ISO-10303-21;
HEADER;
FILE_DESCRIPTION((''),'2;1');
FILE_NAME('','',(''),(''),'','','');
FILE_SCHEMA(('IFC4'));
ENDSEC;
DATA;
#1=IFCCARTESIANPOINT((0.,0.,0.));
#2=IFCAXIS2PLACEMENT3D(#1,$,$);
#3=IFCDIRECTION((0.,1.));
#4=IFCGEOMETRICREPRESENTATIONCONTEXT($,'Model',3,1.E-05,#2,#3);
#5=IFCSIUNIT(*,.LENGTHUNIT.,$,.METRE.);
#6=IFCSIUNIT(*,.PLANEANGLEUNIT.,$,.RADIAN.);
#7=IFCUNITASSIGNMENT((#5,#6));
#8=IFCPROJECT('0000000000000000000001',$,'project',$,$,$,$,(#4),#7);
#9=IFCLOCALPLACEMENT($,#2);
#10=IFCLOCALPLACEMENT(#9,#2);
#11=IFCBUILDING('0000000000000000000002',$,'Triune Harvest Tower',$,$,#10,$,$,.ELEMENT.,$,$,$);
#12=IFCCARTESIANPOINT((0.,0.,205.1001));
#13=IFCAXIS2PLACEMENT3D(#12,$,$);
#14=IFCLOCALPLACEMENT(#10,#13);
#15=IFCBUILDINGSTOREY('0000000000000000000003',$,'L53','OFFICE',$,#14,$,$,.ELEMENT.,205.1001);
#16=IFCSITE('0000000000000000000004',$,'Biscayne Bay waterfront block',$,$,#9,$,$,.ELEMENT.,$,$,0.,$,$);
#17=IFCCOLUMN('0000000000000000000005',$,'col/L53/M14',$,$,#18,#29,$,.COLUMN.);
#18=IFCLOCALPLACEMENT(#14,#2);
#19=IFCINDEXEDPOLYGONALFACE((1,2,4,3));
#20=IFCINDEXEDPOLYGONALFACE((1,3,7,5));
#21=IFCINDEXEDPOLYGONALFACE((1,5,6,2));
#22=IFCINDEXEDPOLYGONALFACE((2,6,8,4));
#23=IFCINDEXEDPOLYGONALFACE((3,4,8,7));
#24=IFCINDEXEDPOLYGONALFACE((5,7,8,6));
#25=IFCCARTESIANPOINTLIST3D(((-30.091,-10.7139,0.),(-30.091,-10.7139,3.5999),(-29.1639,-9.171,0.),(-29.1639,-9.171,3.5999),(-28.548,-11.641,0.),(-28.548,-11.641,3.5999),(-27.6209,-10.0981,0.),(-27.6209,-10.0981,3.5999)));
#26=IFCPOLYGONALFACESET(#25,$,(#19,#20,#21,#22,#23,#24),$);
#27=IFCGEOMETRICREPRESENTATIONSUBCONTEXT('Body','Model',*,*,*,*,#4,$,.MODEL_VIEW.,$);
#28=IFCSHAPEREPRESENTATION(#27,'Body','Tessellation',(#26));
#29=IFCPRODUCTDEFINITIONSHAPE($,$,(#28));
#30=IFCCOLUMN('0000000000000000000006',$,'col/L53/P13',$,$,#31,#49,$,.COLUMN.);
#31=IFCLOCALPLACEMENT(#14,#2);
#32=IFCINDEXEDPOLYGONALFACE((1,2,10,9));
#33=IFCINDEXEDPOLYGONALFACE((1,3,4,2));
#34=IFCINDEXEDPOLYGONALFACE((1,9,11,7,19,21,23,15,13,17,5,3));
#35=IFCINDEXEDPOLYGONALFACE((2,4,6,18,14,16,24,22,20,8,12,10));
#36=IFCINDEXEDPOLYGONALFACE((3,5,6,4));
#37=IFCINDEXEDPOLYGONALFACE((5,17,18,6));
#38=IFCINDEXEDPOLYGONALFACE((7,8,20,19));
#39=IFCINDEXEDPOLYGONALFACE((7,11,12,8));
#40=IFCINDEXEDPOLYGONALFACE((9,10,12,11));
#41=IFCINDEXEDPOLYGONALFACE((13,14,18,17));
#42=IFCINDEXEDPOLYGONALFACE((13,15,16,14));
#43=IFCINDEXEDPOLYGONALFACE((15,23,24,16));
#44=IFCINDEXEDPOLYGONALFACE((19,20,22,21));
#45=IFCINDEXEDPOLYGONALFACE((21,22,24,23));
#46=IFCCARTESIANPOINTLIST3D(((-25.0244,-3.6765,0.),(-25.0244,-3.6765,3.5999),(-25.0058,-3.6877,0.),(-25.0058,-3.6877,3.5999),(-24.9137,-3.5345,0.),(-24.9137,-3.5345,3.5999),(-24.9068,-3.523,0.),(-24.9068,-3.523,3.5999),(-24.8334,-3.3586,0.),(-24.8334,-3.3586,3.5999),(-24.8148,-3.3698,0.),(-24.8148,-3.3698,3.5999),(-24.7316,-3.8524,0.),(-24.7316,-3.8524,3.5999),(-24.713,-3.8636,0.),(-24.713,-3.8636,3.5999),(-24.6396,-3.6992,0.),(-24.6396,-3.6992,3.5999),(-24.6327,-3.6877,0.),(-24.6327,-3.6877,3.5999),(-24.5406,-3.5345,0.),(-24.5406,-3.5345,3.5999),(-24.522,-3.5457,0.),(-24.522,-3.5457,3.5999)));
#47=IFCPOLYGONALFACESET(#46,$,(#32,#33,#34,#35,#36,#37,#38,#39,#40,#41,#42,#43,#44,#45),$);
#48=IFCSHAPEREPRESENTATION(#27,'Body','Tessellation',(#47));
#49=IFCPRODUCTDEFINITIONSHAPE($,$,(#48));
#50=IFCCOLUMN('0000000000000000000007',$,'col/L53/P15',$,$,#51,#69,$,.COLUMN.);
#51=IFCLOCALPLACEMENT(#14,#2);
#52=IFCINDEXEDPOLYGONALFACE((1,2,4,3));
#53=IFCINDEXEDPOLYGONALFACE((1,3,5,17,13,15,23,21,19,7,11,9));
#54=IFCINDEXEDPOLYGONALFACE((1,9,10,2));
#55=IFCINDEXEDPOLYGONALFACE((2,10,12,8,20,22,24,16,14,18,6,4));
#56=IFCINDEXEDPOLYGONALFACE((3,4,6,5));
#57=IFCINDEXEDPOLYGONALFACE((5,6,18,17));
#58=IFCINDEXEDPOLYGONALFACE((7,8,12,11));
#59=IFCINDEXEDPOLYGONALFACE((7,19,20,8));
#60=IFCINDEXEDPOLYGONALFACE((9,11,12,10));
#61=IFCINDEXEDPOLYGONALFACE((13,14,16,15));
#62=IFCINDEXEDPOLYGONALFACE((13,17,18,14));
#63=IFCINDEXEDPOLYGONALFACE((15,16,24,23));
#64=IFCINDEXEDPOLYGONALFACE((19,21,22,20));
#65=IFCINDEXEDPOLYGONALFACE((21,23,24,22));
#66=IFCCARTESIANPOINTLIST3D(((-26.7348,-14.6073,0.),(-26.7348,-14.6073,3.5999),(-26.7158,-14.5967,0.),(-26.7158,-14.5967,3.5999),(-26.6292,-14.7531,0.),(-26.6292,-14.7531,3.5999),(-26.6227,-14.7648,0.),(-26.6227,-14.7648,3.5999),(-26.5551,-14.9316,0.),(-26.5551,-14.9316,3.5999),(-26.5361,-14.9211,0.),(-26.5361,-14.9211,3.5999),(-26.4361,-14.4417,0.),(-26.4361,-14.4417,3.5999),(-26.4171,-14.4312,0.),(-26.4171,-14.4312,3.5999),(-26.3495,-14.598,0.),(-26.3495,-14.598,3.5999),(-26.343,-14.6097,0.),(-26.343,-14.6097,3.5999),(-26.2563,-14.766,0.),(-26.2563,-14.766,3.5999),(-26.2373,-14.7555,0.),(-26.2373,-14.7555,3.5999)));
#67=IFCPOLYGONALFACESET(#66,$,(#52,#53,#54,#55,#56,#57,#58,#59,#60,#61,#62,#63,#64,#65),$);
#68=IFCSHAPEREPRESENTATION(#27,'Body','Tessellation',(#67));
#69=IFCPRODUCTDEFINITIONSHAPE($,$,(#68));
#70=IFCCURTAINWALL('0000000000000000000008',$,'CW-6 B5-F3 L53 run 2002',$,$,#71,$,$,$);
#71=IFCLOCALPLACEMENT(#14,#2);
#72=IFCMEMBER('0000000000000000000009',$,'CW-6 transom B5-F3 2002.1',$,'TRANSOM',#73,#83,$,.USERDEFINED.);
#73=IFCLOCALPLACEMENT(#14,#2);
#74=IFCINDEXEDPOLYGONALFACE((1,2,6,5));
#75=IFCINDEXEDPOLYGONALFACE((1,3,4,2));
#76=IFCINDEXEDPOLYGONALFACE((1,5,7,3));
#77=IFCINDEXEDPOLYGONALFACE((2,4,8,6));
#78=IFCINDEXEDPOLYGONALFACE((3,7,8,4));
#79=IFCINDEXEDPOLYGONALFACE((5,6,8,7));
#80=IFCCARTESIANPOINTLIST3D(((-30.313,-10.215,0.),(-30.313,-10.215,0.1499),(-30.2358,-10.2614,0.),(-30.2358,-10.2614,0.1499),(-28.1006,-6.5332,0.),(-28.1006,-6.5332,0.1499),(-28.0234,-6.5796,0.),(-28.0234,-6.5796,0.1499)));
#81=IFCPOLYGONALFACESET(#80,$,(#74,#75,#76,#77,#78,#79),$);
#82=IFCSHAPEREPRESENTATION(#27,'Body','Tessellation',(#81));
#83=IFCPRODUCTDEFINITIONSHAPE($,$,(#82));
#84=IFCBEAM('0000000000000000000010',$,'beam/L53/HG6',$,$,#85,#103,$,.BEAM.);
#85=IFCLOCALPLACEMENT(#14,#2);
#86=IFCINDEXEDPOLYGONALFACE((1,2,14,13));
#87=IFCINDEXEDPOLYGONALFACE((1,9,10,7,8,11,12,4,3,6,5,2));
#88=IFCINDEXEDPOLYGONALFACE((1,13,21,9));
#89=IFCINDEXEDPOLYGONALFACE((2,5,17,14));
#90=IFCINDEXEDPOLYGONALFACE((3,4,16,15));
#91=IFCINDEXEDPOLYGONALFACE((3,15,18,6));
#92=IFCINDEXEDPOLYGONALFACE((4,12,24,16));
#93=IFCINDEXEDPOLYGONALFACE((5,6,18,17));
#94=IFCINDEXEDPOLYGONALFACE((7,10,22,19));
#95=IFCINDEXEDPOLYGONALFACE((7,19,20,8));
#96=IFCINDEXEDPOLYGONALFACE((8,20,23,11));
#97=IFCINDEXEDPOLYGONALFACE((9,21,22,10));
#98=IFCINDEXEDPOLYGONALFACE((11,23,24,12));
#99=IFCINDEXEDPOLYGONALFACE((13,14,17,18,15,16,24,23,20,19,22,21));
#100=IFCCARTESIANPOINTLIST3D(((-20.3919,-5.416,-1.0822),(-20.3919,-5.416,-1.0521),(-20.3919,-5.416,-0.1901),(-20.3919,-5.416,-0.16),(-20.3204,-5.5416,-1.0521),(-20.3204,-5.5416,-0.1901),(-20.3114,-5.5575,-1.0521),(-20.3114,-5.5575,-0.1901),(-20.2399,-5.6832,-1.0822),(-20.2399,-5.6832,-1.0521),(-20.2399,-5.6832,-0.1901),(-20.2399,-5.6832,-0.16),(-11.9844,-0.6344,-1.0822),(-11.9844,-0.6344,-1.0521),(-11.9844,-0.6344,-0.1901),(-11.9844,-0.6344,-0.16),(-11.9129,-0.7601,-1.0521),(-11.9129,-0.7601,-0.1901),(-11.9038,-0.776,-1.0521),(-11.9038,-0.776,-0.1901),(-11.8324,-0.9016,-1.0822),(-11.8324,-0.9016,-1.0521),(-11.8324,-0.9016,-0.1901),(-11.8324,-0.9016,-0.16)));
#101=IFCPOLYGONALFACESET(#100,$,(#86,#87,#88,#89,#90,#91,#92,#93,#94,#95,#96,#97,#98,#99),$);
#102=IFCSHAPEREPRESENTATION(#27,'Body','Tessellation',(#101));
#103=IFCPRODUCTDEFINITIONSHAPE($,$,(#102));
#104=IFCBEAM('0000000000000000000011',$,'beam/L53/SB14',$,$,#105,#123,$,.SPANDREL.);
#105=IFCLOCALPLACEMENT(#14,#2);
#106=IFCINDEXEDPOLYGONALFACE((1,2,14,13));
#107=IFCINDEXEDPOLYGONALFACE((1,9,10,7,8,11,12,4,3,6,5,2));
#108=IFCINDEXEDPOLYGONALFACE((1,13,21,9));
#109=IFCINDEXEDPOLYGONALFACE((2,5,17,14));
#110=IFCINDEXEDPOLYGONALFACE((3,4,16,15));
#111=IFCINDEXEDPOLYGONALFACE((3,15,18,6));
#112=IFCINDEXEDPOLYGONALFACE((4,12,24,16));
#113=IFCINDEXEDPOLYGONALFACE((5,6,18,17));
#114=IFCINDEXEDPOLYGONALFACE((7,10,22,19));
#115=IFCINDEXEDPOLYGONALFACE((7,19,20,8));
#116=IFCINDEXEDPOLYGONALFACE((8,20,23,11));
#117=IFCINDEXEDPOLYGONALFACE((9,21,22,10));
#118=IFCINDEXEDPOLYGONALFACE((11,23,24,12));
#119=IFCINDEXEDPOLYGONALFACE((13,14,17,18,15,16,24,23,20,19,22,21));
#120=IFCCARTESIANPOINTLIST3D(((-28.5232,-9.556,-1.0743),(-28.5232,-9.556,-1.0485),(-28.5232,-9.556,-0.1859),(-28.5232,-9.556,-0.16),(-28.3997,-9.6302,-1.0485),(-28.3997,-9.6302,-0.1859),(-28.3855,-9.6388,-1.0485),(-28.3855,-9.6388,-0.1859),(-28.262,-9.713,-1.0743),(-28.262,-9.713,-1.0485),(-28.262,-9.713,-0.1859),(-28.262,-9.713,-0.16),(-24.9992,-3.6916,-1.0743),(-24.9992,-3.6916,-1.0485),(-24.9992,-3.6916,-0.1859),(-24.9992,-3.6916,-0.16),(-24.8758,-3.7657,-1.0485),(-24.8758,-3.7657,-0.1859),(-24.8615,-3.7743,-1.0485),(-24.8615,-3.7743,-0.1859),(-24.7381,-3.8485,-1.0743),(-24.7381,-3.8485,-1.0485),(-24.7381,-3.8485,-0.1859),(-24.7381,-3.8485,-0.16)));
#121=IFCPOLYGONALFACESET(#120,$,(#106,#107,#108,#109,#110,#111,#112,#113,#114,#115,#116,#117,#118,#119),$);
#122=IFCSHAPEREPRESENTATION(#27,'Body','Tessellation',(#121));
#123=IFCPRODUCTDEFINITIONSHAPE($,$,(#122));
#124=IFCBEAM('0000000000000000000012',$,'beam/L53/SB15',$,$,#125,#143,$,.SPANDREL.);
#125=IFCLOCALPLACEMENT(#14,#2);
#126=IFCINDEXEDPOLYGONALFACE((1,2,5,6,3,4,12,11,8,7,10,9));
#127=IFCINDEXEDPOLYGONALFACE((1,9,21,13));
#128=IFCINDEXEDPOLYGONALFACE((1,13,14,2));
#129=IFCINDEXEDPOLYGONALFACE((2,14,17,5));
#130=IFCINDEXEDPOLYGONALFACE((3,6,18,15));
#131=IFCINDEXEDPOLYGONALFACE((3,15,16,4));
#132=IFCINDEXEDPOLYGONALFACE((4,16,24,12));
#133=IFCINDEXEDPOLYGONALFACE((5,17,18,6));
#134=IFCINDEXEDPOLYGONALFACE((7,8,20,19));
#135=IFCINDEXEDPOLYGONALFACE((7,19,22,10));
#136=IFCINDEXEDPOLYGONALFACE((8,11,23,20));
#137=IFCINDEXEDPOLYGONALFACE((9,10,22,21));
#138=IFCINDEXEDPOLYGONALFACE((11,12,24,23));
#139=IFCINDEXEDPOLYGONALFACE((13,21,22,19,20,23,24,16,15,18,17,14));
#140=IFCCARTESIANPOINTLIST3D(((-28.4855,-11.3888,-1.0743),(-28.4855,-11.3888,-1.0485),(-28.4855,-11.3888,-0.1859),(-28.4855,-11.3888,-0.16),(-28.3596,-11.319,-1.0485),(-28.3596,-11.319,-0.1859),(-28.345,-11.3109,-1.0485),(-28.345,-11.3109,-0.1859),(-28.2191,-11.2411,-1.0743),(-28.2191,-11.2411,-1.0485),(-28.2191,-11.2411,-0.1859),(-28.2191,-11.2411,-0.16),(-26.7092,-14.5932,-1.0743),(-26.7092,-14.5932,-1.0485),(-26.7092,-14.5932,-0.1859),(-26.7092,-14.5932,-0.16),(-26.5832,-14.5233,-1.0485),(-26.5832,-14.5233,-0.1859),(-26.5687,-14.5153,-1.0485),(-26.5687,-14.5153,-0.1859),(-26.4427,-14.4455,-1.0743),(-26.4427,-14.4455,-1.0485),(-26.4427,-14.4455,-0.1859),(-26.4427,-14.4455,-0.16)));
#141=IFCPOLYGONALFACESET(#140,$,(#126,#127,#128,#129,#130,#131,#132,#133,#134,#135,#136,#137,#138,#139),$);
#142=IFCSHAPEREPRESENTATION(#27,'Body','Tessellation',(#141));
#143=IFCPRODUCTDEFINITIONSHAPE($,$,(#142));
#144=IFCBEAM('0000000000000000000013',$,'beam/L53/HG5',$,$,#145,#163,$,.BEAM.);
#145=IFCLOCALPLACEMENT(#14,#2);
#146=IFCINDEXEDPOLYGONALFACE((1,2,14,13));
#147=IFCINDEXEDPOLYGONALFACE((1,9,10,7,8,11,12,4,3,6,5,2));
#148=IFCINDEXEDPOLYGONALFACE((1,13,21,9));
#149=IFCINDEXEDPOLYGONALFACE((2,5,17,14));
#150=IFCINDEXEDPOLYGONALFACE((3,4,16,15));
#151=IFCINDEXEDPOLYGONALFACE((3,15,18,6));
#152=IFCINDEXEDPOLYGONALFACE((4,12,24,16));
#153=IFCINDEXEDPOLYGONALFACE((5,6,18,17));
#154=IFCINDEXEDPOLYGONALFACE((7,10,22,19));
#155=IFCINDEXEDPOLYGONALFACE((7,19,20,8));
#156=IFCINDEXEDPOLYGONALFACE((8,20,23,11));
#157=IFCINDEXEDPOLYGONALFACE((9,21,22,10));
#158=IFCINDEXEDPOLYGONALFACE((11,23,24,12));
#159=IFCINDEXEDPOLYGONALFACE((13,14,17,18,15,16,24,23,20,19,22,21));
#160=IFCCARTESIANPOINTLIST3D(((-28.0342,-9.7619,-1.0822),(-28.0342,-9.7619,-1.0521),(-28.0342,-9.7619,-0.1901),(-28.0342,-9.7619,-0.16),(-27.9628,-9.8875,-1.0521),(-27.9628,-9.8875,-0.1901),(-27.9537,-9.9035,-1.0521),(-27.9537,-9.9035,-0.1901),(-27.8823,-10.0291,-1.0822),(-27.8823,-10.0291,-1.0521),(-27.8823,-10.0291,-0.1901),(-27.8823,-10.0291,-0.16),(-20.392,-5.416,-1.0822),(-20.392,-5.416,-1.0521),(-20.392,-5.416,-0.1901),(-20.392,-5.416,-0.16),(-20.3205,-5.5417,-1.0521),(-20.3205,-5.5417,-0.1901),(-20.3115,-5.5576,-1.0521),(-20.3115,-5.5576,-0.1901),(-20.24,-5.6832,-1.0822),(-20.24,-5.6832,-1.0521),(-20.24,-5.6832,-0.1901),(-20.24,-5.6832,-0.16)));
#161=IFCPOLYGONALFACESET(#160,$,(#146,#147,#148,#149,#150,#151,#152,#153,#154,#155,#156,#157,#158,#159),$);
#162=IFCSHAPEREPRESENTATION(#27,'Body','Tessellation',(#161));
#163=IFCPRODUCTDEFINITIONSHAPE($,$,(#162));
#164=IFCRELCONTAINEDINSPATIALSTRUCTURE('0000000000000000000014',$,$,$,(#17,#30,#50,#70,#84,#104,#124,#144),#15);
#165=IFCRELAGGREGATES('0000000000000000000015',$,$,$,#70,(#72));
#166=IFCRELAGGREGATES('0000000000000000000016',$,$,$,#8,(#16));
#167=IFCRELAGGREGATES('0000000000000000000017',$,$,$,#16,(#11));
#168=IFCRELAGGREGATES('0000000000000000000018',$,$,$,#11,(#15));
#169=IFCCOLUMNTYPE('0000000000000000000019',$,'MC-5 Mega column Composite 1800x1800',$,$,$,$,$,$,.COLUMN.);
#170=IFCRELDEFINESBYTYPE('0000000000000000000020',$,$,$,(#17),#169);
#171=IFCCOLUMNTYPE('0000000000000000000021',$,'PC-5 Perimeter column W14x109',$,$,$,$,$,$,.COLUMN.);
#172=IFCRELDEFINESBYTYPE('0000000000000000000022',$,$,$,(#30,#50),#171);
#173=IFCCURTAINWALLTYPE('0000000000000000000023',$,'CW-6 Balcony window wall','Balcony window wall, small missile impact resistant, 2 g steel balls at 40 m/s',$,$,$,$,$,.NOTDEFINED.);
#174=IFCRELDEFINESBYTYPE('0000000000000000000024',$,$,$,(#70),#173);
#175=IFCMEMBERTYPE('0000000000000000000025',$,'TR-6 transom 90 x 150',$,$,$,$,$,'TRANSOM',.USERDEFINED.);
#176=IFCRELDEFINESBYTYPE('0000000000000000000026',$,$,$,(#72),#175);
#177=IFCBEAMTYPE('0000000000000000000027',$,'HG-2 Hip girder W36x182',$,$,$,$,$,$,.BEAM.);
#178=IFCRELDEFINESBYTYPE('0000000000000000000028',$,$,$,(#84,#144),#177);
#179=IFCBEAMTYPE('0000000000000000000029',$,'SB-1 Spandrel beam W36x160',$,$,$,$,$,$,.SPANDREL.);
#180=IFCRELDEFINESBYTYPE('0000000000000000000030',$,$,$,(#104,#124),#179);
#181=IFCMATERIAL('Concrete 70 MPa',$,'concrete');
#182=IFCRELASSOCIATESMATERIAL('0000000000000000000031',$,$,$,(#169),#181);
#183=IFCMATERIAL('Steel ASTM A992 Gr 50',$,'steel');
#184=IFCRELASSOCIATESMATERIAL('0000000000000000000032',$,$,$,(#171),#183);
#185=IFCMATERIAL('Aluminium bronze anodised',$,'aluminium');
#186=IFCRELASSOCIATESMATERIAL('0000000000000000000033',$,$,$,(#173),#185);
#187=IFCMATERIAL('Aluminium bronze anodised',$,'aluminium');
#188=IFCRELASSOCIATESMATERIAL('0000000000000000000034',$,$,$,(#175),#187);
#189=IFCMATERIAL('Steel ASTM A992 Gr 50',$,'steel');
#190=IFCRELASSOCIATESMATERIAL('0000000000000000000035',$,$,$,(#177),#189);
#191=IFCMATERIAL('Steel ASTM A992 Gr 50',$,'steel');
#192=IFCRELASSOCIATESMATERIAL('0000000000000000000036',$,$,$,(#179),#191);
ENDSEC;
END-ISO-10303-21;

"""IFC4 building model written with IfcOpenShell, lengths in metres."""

from ifc_helpers import new_model, si_unit, direction, frame, origin, origin_2d, place, context, subcontext, project, spatial, rectangle, i_section, extrude, source, transform, mapped, material, material_profile, profile_set, type_object, element, aggregate, save


model = new_model("IFC4")

# Units and contexts
model_context = context("Model", 3, precision=1e-05, world=origin(), true_north=direction((0.0, 1.0)))
body_context = subcontext(model_context, "Body", "Model", "MODEL_VIEW")
ifc_project = project(units=[si_unit("LENGTHUNIT", "METRE"), si_unit("PLANEANGLEUNIT", "RADIAN")], contexts=[model_context])

# Site, building, storey
site_placement = place(None, origin())
site = spatial("IfcSite", under=ifc_project, at=site_placement, Name="Biscayne Bay waterfront block", CompositionType="ELEMENT", RefElevation=0.0)
building_placement = place(site_placement, origin())
building = spatial("IfcBuilding", under=site, at=building_placement, Name="Triune Harvest Tower", CompositionType="ELEMENT")
storey_placement = place(building_placement, frame((0.0, 0.0, 205.1001)))
storey = spatial("IfcBuildingStorey", under=building, at=storey_placement, Name="L53", Description="OFFICE", CompositionType="ELEMENT", Elevation=205.1001)

# Columns
ifc_material_1 = material(Name="Concrete 70 MPa", Category="concrete")
ifc_material_profile_1 = material_profile(ifc_material_1, rectangle(XDim=1.8, YDim=1.8, at=origin_2d()), Name="Composite 1800x1800")
ifc_profile_set_1 = profile_set([ifc_material_profile_1], Name="Concrete 70 MPa")
column_type_1 = type_object("IfcColumnType", Name="MC-5 Mega column Composite 1800x1800", PredefinedType="COLUMN", material=ifc_profile_set_1)
shared_shape_1 = source(origin(), body_context, "Body", "SweptSolid", [
    extrude(rectangle(XDim=1.8, YDim=1.8, at=origin_2d()), origin(), (0.0, 0.0, 1.0), 3.5999),
])
column_placement = place(storey_placement, frame((-28.856, -10.406, 0.0), z_axis=(0.0, 0.0, 1.0), x_axis=(-0.515037, -0.857168, 0.0)))
element("IfcColumn", 1, at=column_placement, inside=storey, type_object=column_type_1, Name="col/L53/M14", PredefinedType="COLUMN", context=body_context, shape_type="MappedRepresentation", body=[
    mapped(shared_shape_1, transform((0.0, 0.0, 0.0), scale=1.0)),
])
ifc_material_2 = material(Name="Steel ASTM A992 Gr 50", Category="steel")
ifc_material_profile_2 = material_profile(ifc_material_2, i_section(OverallWidth=0.3708, OverallDepth=0.3633, WebThickness=0.0134, FlangeThickness=0.0217, at=origin_2d()), Name="W14x109")
ifc_profile_set_2 = profile_set([ifc_material_profile_2], Name="Steel ASTM A992 Gr 50")
column_type_2 = type_object("IfcColumnType", Name="PC-5 Perimeter column W14x109", PredefinedType="COLUMN", material=ifc_profile_set_2)
shared_shape_2 = source(origin(), body_context, "Body", "SweptSolid", [
    extrude(i_section(OverallWidth=0.3708, OverallDepth=0.3633, WebThickness=0.0134, FlangeThickness=0.0217, at=origin_2d()), origin(), (0.0, 0.0, 1.0), 3.5999),
])
for number, where, z_axis, x_axis, name in (
    (2, (-24.7732, -3.6111, 0.0), (0.0, 0.0, 1.0), (-0.515037, -0.857168, 0.0), "col/L53/P13"),
    (3, (-26.4861, -14.6814, 0.0), (0.0, 0.0, 1.0), (0.484808, -0.874621, 0.0), "col/L53/P15"),
):
    element("IfcColumn", number, at=place(storey_placement, frame(where, z_axis=z_axis, x_axis=x_axis)), inside=storey, type_object=column_type_2, Name=name, PredefinedType="COLUMN", context=body_context, shape_type="MappedRepresentation", body=[
        mapped(shared_shape_2, transform((0.0, 0.0, 0.0), scale=1.0)),
    ])

# Curtain wall, member
ifc_material_3 = material(Name="Aluminium bronze anodised", Category="aluminium")
curtain_wall_type_1 = type_object("IfcCurtainWallType", Name="CW-6 Balcony window wall", Description="Balcony window wall, small missile impact resistant, 2 g steel balls at 40 m/s", PredefinedType="NOTDEFINED", material=ifc_material_3)
curtain_wall_1_placement = place(storey_placement, origin())
curtain_wall_1 = element("IfcCurtainWall", 4, at=curtain_wall_1_placement, inside=storey, type_object=curtain_wall_type_1, Name="CW-6 B5-F3 L53 run 2002")
ifc_material_4 = material(Name="Aluminium bronze anodised", Category="aluminium")
ifc_material_profile_3 = material_profile(ifc_material_4, rectangle(XDim=0.0901, YDim=0.1499, at=origin_2d()), Name="TR-6 transom 90 x 150")
ifc_profile_set_3 = profile_set([ifc_material_profile_3], Name="Aluminium bronze anodised")
member_type_1 = type_object("IfcMemberType", Name="TR-6 transom 90 x 150", ElementType="TRANSOM", PredefinedType="USERDEFINED", material=ifc_profile_set_3)
member_1_placement = place(storey_placement, frame((-28.062, -6.5564, 0.075), z_axis=(-0.515056, -0.857157, 0.0), x_axis=(0.857157, -0.515056, 0.0)))
member_1 = element("IfcMember", 5, at=member_1_placement, type_object=member_type_1, Name="CW-6 transom B5-F3 2002.1", ObjectType="TRANSOM", PredefinedType="USERDEFINED", context=body_context, shape_type="SweptSolid", body=[
    extrude(rectangle(XDim=0.0901, YDim=0.1499, at=origin_2d()), origin(), (0.0, 0.0, 1.0), 4.2954),
])

# Beams
ifc_material_5 = material(Name="Steel ASTM A992 Gr 50", Category="steel")
ifc_material_profile_4 = material_profile(ifc_material_5, i_section(OverallWidth=0.3074, OverallDepth=0.9221, WebThickness=0.0183, FlangeThickness=0.03, at=origin_2d()), Name="W36x182")
ifc_profile_set_4 = profile_set([ifc_material_profile_4], Name="Steel ASTM A992 Gr 50")
beam_type_1 = type_object("IfcBeamType", Name="HG-2 Hip girder W36x182", PredefinedType="BEAM", material=ifc_profile_set_4)
shared_shape_3 = source(origin(), body_context, "Body", "SweptSolid", [
    extrude(i_section(OverallWidth=0.3074, OverallDepth=0.9221, WebThickness=0.0183, FlangeThickness=0.03, at=origin_2d()), origin(), (0.0, 0.0, 1.0), 9.6721),
])
beam_1_placement = place(storey_placement, frame((-20.3159, -5.5496, -0.6211), z_axis=(0.869256, 0.494363, 0.0), x_axis=(-0.494363, 0.869256, 0.0)))
element("IfcBeam", 6, at=beam_1_placement, inside=storey, type_object=beam_type_1, Name="beam/L53/HG6", PredefinedType="BEAM", context=body_context, shape_type="MappedRepresentation", body=[
    mapped(shared_shape_3, transform((0.0, 0.0, 0.0), scale=1.0)),
])
ifc_material_6 = material(Name="Steel ASTM A992 Gr 50", Category="steel")
ifc_material_profile_5 = material_profile(ifc_material_6, i_section(OverallWidth=0.3047, OverallDepth=0.9143, WebThickness=0.0166, FlangeThickness=0.0259, at=origin_2d()), Name="W36x160")
ifc_profile_set_5 = profile_set([ifc_material_profile_5], Name="Steel ASTM A992 Gr 50")
beam_type_2 = type_object("IfcBeamType", Name="SB-1 Spandrel beam W36x160", PredefinedType="SPANDREL", material=ifc_profile_set_5)
shared_shape_4 = source(origin(), body_context, "Body", "SweptSolid", [
    extrude(i_section(OverallWidth=0.3047, OverallDepth=0.9143, WebThickness=0.0166, FlangeThickness=0.0259, at=origin_2d()), origin(), (0.0, 0.0, 1.0), 6.8418),
])
beam_2_placement = place(storey_placement, frame((-24.8687, -3.77, -0.6172), z_axis=(-0.515057, -0.857156, 0.0), x_axis=(0.857156, -0.515057, 0.0)))
element("IfcBeam", 7, at=beam_2_placement, inside=storey, type_object=beam_type_2, Name="beam/L53/SB14", PredefinedType="SPANDREL", context=body_context, shape_type="MappedRepresentation", body=[
    mapped(shared_shape_4, transform((0.0, 0.0, 0.0), scale=1.0)),
])
shared_shape_5 = source(origin(), body_context, "Body", "SweptSolid", [
    extrude(i_section(OverallWidth=0.3047, OverallDepth=0.9143, WebThickness=0.0166, FlangeThickness=0.0259, at=origin_2d()), origin(), (0.0, 0.0, 1.0), 3.6638),
])
beam_3_placement = place(storey_placement, frame((-28.3523, -11.3149, -0.6172), z_axis=(0.484845, -0.8746, 0.0), x_axis=(0.8746, 0.484845, 0.0)))
element("IfcBeam", 8, at=beam_3_placement, inside=storey, type_object=beam_type_2, Name="beam/L53/SB15", PredefinedType="SPANDREL", context=body_context, shape_type="MappedRepresentation", body=[
    mapped(shared_shape_5, transform((0.0, 0.0, 0.0), scale=1.0)),
])
shared_shape_6 = source(origin(), body_context, "Body", "SweptSolid", [
    extrude(i_section(OverallWidth=0.3074, OverallDepth=0.9221, WebThickness=0.0183, FlangeThickness=0.03, at=origin_2d()), origin(), (0.0, 0.0, 1.0), 8.7915),
])
beam_4_placement = place(storey_placement, frame((-27.9583, -9.8955, -0.6211), z_axis=(0.869275, 0.494329, 0.0), x_axis=(-0.494329, 0.869275, 0.0)))
element("IfcBeam", 9, at=beam_4_placement, inside=storey, type_object=beam_type_1, Name="beam/L53/HG5", PredefinedType="BEAM", context=body_context, shape_type="MappedRepresentation", body=[
    mapped(shared_shape_6, transform((0.0, 0.0, 0.0), scale=1.0)),
])

aggregate(curtain_wall_1, [member_1])

save(model, "model.ifc")
